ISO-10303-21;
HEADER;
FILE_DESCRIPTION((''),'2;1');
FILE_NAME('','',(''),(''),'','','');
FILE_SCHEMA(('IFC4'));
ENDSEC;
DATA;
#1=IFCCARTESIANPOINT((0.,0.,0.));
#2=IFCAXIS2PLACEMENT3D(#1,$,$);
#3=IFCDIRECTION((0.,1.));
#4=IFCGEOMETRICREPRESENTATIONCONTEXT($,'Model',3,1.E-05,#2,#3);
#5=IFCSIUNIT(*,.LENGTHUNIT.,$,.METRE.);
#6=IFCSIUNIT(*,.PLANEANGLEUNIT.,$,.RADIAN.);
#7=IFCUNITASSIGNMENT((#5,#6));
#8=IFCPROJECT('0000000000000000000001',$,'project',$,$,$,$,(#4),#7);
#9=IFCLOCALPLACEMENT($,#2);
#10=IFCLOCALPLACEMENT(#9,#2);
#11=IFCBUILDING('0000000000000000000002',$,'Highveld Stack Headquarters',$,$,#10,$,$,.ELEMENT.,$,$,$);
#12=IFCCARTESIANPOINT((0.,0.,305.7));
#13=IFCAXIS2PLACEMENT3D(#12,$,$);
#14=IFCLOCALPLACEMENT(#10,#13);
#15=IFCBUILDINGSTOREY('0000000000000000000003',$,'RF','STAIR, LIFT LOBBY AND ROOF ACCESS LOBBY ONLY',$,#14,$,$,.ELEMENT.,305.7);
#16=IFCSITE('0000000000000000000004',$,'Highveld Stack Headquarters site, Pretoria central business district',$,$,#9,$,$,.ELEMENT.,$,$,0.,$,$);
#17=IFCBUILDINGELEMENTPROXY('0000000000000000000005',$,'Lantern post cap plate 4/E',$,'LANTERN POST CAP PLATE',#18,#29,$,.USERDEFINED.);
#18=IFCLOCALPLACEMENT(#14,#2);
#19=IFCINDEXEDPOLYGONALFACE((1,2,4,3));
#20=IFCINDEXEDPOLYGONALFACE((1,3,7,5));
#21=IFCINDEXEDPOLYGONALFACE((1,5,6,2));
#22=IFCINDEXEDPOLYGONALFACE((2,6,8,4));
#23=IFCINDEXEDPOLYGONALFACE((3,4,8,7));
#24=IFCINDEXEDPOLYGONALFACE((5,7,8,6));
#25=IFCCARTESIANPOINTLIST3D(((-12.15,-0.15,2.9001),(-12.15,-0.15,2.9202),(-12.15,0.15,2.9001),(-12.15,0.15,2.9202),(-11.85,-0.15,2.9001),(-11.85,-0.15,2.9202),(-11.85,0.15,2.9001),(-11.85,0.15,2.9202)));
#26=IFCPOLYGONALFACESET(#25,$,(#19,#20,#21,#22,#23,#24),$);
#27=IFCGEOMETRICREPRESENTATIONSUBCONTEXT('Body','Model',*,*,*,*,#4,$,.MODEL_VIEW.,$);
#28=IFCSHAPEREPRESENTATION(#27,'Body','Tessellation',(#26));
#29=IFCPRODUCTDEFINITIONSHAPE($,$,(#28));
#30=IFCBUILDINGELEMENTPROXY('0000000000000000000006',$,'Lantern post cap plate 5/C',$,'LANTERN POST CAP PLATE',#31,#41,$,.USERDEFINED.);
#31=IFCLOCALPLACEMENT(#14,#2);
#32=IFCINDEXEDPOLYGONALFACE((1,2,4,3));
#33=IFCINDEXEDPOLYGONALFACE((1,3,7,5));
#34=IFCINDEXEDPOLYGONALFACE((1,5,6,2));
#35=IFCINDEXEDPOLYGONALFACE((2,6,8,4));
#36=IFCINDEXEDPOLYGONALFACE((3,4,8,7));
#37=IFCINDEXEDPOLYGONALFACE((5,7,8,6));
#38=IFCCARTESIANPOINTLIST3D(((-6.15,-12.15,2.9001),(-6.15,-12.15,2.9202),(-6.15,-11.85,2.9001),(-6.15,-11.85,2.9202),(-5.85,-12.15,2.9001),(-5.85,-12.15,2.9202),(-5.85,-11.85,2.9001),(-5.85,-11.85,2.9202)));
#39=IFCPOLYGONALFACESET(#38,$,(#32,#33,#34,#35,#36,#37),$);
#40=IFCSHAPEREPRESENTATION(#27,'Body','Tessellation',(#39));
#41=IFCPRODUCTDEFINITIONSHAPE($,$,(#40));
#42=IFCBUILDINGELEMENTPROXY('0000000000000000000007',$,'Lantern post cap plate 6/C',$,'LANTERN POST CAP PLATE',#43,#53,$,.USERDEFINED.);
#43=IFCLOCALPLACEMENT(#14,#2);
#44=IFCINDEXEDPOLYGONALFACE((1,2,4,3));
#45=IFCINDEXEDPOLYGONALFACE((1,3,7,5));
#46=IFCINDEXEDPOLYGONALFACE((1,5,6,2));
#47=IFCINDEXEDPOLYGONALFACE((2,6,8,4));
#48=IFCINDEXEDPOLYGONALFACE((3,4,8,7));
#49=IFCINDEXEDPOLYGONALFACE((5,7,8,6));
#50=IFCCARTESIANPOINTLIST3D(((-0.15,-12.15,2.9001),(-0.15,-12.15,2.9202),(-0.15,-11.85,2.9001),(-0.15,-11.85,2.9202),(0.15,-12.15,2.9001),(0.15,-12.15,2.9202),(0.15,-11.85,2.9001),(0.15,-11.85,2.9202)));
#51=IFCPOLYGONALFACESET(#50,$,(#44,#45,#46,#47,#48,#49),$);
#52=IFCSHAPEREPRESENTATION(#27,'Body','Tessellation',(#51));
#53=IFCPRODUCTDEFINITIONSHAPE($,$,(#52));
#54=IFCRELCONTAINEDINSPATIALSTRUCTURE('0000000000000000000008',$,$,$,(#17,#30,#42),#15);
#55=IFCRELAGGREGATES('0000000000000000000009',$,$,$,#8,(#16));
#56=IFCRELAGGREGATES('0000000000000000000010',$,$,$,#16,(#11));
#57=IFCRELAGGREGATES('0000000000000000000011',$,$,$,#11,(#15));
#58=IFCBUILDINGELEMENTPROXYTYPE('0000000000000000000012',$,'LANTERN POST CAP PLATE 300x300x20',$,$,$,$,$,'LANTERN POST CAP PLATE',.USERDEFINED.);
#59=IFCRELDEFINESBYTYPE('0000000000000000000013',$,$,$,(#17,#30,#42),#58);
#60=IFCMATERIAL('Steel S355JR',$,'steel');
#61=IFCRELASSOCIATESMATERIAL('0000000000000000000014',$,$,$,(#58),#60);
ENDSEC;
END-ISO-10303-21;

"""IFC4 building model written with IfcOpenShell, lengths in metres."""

from ifc_helpers import new_model, si_unit, direction, frame, origin, origin_2d, place, context, subcontext, project, spatial, rectangle, extrude, material, type_object, element, save


model = new_model("IFC4")

# Units and contexts
model_context = context("Model", 3, precision=1e-05, world=origin(), true_north=direction((0.0, 1.0)))
body_context = subcontext(model_context, "Body", "Model", "MODEL_VIEW")
ifc_project = project(units=[si_unit("LENGTHUNIT", "METRE"), si_unit("PLANEANGLEUNIT", "RADIAN")], contexts=[model_context])

# Site, building, storey
site_placement = place(None, origin())
site = spatial("IfcSite", under=ifc_project, at=site_placement, Name="Highveld Stack Headquarters site, Pretoria central business district", CompositionType="ELEMENT", RefElevation=0.0)
building_placement = place(site_placement, origin())
building = spatial("IfcBuilding", under=site, at=building_placement, Name="Highveld Stack Headquarters", CompositionType="ELEMENT")
storey_placement = place(building_placement, frame((0.0, 0.0, 305.7)))
storey = spatial("IfcBuildingStorey", under=building, at=storey_placement, Name="RF", Description="STAIR, LIFT LOBBY AND ROOF ACCESS LOBBY ONLY", CompositionType="ELEMENT", Elevation=305.7)

# Building element proxies
ifc_material_1 = material(Name="Steel S355JR", Category="steel")
building_element_proxy_type = type_object("IfcBuildingElementProxyType", Name="LANTERN POST CAP PLATE 300x300x20", ElementType="LANTERN POST CAP PLATE", PredefinedType="USERDEFINED", material=ifc_material_1)
for number, where, z_axis, x_axis, name in (
    (1, (-12.0, 0.0, 2.9001), (0.0, 0.0, 1.0), (1.0, 0.0, 0.0), "Lantern post cap plate 4/E"),
    (2, (-6.0, -12.0, 2.9001), (0.0, 0.0, 1.0), (1.0, 0.0, 0.0), "Lantern post cap plate 5/C"),
    (3, (0.0, -12.0, 2.9001), (0.0, 0.0, 1.0), (1.0, 0.0, 0.0), "Lantern post cap plate 6/C"),
):
    element("IfcBuildingElementProxy", number, at=place(storey_placement, frame(where, z_axis=z_axis, x_axis=x_axis)), inside=storey, type_object=building_element_proxy_type, Name=name, ObjectType="LANTERN POST CAP PLATE", PredefinedType="USERDEFINED", context=body_context, shape_type="SweptSolid", body=[
        extrude(rectangle(XDim=0.3, YDim=0.3, at=origin_2d()), origin(), (0.0, 0.0, 1.0), 0.02),
    ])

save(model, "model.ifc")
